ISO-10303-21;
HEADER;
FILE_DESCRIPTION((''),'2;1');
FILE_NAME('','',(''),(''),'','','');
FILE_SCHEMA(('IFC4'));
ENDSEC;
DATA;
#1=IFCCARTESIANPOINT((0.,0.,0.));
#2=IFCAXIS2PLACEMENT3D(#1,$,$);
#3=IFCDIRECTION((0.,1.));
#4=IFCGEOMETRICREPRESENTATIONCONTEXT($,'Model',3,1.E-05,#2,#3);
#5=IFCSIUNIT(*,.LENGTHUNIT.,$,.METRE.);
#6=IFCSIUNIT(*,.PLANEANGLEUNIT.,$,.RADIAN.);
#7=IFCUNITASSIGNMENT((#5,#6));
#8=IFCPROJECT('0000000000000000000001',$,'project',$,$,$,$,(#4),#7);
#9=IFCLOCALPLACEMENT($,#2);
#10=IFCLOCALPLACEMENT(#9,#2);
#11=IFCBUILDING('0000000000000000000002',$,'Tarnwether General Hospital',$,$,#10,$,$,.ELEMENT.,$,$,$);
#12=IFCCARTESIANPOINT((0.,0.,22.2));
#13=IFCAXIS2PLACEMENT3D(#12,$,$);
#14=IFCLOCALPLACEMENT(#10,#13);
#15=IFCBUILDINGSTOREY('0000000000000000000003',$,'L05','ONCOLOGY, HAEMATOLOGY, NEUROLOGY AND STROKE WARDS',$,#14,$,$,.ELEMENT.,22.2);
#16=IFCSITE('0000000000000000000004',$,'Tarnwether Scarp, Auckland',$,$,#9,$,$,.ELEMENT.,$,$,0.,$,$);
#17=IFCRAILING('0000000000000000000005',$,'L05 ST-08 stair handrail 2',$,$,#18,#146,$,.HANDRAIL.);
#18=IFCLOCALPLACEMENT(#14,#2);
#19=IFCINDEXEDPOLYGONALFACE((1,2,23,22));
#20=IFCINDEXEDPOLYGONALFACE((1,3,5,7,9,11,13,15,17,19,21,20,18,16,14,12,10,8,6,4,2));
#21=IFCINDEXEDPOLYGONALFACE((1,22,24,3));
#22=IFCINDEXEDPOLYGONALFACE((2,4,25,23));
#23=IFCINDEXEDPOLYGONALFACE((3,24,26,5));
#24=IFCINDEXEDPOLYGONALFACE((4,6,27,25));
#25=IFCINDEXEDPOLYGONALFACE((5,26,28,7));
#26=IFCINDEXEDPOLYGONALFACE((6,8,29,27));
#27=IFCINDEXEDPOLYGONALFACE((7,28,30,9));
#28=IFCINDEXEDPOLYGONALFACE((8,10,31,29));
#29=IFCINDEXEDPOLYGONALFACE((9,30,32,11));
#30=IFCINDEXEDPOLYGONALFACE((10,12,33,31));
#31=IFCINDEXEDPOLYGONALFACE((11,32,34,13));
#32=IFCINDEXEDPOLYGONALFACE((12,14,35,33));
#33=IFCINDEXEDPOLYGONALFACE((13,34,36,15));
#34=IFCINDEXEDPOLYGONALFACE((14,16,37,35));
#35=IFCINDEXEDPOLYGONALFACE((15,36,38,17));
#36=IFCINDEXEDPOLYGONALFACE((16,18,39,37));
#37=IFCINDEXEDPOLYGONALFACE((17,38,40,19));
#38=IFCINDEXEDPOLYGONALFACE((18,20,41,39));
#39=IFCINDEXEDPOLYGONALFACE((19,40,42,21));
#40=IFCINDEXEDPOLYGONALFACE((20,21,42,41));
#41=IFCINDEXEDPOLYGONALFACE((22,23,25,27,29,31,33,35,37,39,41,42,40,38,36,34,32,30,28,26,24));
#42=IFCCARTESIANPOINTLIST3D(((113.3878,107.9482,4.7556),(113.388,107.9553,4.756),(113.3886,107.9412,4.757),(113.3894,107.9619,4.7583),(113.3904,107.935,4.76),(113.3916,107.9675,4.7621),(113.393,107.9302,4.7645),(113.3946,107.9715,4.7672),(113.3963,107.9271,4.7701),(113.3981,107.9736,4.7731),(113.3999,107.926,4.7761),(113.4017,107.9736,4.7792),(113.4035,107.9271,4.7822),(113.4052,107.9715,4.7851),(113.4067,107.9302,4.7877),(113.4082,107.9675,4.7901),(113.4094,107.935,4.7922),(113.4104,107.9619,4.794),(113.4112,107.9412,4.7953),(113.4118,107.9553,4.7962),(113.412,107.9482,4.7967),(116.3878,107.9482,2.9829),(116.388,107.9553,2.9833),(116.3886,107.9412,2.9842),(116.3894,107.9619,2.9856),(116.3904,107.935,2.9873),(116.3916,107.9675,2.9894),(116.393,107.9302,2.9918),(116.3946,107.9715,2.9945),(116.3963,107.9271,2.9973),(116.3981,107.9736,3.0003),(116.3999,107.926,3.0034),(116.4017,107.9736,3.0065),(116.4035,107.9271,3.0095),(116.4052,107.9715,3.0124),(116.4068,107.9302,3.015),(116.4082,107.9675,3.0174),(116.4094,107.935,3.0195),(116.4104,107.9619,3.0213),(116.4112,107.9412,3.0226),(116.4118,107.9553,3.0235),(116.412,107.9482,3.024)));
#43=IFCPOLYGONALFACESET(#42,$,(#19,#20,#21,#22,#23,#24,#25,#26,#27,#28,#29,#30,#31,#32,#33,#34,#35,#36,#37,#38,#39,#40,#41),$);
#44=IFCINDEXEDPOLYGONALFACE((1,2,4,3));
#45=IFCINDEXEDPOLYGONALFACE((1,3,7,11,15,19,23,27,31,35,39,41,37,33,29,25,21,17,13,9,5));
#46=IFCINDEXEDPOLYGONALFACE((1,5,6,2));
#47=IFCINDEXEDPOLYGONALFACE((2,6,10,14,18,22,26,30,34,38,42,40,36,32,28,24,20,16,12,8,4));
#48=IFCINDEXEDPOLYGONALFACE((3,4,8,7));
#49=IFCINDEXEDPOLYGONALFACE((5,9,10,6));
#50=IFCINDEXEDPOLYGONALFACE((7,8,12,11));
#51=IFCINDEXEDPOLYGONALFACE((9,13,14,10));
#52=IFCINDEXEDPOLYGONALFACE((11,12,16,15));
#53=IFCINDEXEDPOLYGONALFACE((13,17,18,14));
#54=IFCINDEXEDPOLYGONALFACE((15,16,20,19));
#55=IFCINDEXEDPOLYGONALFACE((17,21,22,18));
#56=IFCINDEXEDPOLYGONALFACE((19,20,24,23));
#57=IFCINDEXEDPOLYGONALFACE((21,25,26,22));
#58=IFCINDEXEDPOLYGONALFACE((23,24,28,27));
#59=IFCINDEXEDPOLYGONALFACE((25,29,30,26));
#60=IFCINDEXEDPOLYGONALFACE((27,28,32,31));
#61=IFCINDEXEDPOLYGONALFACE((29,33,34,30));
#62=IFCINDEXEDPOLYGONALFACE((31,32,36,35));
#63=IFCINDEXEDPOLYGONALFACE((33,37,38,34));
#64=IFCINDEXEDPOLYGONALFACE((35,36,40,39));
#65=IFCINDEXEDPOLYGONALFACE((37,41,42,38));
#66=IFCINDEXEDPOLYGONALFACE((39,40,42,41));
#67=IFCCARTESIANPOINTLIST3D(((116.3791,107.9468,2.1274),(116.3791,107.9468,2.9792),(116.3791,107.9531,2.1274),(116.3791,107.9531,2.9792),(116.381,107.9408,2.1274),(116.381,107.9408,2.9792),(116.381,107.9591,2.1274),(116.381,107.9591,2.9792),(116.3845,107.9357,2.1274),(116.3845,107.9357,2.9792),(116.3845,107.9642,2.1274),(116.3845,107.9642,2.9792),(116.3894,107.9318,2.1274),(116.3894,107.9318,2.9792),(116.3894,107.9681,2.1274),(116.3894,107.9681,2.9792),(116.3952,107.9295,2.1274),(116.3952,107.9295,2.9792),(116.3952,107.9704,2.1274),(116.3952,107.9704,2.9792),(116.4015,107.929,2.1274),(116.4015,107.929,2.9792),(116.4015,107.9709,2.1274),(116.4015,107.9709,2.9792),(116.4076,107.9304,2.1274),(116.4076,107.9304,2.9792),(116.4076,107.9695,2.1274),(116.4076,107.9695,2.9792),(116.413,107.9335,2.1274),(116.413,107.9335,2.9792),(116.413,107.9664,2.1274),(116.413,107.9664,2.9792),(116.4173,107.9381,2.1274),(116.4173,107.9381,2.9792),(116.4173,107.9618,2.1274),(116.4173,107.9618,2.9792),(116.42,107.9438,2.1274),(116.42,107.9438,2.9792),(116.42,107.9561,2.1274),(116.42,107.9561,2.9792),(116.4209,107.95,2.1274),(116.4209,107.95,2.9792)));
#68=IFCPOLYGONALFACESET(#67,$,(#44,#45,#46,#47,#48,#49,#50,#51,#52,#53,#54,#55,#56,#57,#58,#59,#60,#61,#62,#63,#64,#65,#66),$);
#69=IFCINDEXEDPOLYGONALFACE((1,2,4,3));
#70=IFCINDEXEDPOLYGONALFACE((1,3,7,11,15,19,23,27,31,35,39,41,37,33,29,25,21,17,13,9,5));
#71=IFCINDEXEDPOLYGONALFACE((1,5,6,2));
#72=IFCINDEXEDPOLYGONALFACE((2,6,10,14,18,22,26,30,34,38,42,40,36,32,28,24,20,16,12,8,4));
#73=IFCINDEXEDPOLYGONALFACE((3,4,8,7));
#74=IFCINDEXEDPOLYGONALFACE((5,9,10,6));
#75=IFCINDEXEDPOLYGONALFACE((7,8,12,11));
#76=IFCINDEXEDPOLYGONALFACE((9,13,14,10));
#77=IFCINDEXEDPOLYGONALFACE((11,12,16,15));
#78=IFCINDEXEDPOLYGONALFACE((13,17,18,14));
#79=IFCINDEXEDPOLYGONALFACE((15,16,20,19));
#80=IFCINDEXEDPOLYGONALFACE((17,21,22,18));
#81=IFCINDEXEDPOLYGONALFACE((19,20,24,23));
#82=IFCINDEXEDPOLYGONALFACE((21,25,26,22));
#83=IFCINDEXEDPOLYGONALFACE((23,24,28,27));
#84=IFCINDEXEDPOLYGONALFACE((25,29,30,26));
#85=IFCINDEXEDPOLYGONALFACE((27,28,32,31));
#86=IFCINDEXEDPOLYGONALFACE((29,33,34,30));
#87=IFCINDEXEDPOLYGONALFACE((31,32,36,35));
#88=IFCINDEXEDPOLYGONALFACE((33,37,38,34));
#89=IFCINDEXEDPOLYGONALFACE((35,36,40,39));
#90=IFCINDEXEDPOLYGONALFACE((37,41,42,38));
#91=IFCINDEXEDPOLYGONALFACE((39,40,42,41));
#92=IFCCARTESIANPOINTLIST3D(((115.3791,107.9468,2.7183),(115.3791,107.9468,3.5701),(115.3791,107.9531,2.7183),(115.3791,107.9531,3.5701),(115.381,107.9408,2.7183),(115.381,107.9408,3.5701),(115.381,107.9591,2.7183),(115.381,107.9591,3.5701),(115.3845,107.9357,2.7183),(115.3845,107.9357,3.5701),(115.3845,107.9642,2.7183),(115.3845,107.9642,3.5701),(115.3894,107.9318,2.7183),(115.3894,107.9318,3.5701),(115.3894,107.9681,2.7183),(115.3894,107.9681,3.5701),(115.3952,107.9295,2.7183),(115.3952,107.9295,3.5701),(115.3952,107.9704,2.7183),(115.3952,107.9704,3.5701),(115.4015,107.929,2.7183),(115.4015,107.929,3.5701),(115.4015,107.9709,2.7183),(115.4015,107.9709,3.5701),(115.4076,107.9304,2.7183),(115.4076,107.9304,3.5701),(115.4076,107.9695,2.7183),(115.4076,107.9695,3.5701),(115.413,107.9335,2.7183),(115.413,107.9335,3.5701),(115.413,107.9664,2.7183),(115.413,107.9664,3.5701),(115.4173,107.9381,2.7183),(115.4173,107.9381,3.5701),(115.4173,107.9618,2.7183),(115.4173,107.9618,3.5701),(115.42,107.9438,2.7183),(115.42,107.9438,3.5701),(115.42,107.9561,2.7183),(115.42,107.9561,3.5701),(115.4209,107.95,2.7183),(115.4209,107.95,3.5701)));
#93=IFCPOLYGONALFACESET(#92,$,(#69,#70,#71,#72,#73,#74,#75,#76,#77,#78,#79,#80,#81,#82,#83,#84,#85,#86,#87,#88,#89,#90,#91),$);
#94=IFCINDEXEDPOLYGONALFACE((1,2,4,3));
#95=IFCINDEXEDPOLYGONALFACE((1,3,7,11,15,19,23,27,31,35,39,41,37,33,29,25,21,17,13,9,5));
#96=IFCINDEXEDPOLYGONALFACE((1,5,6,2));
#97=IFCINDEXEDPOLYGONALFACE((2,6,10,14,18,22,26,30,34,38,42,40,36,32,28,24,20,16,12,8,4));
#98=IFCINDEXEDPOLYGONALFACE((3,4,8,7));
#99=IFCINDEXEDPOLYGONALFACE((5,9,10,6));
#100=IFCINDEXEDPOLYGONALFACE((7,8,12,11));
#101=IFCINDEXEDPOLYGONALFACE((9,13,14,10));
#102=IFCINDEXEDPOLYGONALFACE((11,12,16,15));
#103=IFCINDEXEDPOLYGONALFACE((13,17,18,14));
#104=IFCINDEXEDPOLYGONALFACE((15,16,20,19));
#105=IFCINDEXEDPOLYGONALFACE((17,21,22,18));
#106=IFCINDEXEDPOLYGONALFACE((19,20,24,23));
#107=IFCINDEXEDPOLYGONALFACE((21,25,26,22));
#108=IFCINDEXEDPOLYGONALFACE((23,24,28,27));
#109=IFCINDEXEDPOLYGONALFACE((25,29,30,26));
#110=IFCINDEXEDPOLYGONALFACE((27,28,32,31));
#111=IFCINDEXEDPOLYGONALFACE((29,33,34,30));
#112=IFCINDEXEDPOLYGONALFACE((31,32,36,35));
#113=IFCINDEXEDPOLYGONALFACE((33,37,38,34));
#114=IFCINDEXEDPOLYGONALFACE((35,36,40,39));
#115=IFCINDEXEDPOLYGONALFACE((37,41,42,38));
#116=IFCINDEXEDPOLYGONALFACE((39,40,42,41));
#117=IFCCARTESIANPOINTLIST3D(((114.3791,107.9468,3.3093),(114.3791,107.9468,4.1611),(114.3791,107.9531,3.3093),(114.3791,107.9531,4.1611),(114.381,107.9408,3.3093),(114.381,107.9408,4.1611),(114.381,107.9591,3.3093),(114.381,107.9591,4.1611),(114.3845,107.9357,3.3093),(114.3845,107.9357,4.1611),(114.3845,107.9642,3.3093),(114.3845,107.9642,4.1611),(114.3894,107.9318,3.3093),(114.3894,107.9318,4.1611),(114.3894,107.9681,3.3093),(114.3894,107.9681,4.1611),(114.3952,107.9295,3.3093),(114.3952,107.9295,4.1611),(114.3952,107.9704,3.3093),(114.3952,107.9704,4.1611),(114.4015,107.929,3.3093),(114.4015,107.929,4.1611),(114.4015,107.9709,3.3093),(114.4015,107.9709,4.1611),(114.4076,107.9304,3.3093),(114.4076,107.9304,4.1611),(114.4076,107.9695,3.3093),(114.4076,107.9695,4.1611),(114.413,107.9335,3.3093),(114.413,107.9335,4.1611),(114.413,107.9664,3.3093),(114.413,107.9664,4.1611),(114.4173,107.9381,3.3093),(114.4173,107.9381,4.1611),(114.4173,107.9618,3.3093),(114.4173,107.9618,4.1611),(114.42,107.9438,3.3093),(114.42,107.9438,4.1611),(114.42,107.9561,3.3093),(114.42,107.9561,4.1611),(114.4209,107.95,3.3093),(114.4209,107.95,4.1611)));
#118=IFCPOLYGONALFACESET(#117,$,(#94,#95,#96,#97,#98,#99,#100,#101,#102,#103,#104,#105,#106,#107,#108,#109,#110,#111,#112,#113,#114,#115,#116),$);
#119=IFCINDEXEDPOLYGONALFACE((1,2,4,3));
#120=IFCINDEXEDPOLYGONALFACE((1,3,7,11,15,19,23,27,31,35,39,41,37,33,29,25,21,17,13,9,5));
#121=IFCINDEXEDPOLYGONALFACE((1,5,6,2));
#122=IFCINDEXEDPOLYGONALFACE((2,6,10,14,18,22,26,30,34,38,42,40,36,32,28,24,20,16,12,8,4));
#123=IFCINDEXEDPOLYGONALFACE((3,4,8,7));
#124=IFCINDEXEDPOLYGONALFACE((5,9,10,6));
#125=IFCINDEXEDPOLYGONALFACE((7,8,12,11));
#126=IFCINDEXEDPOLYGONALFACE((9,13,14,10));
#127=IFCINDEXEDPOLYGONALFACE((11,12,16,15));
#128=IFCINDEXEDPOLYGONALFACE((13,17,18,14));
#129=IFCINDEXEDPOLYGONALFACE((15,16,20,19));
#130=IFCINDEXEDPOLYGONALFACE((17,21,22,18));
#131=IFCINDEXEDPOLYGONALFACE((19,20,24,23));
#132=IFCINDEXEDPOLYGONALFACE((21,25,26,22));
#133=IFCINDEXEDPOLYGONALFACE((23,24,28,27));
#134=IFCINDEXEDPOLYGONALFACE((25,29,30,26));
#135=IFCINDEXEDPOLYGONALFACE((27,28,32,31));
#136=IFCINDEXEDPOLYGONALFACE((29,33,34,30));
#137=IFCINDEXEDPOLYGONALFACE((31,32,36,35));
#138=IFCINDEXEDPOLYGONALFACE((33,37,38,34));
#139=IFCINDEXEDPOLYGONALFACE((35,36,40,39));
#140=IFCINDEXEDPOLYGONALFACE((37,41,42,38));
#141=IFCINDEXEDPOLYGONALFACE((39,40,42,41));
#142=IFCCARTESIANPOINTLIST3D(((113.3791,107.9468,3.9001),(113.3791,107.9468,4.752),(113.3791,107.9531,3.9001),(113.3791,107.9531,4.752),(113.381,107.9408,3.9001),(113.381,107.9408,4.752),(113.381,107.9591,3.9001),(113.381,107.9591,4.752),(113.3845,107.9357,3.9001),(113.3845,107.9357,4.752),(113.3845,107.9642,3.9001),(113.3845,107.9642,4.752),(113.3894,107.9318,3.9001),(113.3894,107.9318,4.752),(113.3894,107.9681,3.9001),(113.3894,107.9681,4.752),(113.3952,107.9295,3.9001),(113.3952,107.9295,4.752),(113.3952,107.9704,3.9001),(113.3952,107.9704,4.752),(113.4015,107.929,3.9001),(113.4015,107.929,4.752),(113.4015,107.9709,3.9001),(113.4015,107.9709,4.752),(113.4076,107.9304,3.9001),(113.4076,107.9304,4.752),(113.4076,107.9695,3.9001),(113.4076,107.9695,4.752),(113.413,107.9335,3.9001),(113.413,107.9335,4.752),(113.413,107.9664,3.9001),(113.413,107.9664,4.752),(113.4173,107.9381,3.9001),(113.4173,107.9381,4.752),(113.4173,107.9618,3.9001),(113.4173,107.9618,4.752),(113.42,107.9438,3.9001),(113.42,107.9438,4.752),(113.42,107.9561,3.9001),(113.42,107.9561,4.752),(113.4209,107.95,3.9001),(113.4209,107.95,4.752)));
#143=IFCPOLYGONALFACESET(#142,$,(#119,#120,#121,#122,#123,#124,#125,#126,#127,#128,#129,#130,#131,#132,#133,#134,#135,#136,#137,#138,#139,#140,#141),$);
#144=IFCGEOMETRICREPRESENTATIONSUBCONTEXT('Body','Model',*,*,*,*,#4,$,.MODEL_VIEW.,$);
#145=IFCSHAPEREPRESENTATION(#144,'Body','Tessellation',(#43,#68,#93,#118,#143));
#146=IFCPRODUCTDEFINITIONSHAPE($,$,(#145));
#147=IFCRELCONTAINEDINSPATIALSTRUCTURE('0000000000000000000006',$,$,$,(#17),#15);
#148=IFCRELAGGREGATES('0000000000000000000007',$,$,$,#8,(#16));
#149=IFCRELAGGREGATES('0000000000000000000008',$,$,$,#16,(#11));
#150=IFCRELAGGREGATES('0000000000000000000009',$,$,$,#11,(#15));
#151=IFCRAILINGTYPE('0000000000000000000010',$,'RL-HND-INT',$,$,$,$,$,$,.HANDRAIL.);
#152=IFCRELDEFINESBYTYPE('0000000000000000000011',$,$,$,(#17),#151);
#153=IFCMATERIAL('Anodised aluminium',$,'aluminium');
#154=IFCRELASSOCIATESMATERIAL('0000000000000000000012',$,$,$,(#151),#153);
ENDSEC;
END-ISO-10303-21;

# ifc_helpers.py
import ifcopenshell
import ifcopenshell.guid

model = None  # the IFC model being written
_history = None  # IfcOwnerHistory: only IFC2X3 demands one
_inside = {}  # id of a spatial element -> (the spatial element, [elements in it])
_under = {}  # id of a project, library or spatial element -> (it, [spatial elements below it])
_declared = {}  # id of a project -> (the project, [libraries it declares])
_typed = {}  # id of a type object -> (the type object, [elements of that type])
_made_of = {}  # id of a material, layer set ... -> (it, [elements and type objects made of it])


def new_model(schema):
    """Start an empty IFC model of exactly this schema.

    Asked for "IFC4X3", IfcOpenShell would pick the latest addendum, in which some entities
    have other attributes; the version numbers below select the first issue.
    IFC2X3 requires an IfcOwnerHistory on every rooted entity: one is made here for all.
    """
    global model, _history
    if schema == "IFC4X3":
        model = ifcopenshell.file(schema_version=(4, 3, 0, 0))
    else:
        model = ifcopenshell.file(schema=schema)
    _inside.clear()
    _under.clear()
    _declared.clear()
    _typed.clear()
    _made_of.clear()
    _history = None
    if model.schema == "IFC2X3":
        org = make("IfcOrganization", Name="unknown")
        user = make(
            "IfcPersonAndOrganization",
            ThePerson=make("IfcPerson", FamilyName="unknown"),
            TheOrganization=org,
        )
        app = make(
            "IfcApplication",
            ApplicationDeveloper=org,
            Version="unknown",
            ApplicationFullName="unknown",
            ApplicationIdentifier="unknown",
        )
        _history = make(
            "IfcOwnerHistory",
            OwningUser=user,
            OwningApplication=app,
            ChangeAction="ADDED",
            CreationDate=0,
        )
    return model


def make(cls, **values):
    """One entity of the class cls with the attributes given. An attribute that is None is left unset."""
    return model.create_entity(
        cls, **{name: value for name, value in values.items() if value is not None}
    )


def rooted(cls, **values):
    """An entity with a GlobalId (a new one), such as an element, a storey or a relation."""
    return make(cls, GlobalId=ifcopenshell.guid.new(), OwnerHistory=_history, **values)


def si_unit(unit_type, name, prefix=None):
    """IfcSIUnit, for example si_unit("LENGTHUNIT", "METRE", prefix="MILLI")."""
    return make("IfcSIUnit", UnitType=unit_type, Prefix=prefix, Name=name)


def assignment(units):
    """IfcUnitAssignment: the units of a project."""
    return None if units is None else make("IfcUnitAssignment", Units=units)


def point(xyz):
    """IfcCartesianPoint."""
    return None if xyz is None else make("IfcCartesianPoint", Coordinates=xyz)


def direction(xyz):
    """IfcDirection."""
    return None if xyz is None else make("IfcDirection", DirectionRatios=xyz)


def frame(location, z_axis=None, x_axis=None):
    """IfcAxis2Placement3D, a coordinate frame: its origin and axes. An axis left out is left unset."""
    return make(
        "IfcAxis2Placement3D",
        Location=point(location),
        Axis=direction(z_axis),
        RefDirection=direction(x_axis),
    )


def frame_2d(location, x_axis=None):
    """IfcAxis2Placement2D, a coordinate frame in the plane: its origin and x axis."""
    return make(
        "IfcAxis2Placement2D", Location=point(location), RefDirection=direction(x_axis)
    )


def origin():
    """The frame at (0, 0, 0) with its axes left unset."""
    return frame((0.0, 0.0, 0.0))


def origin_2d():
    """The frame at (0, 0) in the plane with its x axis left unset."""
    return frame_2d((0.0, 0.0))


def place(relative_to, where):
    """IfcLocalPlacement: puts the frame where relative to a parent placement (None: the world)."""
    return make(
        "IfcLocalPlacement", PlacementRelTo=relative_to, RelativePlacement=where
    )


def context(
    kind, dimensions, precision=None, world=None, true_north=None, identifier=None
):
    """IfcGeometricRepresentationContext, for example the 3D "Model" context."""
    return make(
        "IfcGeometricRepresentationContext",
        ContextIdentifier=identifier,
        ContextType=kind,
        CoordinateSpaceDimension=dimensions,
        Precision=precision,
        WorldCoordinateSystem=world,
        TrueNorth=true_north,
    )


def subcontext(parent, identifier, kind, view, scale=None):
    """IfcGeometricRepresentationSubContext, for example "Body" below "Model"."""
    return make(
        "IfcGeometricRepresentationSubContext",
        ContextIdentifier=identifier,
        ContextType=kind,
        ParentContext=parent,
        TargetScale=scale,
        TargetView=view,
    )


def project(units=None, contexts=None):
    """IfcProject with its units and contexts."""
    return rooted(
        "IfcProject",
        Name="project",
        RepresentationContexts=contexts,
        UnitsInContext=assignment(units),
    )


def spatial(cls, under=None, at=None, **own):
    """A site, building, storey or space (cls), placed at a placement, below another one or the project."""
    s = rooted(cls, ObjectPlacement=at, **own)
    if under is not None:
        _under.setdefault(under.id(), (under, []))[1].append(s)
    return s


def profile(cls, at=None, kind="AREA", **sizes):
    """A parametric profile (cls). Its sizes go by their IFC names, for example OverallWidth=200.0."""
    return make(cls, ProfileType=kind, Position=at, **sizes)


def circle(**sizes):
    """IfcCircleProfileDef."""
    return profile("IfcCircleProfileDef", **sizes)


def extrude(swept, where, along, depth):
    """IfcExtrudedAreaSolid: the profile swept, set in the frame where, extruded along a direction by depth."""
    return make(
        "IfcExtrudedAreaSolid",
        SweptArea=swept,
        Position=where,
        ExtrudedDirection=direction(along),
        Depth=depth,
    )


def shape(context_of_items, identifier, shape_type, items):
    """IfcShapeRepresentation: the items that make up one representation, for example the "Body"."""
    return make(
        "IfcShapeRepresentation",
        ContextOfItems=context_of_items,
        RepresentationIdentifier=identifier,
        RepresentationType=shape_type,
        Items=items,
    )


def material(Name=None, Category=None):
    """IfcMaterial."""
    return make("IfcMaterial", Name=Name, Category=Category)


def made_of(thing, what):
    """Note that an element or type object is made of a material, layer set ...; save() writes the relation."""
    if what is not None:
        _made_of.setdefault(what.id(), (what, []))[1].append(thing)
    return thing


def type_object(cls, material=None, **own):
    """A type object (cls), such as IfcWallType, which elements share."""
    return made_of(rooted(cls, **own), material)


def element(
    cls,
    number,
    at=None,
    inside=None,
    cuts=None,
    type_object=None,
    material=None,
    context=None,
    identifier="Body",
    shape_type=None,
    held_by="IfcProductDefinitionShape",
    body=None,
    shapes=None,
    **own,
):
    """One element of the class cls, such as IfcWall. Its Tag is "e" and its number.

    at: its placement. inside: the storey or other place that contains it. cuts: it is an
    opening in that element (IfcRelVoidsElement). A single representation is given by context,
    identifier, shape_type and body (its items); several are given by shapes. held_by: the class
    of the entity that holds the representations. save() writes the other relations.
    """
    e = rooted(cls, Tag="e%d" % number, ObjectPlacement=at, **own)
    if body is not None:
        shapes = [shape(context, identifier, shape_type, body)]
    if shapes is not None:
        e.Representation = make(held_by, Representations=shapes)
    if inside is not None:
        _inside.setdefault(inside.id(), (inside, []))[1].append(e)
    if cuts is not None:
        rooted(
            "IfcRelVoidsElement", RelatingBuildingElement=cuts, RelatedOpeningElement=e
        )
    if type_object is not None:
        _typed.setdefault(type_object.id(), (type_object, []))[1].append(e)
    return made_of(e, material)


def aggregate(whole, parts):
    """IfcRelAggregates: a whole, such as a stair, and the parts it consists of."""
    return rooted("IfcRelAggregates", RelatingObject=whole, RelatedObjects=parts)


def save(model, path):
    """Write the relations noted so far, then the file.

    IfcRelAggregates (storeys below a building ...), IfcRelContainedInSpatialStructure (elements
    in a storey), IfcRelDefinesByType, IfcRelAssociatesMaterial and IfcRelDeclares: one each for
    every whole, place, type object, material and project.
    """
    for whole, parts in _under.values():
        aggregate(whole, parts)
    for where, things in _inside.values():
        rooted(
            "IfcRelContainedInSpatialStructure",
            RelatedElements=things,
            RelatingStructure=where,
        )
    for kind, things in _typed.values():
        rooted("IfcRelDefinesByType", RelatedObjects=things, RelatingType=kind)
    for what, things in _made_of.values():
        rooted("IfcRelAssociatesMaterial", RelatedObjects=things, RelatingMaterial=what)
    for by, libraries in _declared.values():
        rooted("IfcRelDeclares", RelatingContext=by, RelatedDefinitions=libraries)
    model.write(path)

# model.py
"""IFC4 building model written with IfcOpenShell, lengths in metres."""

from ifc_helpers import new_model, si_unit, direction, frame, origin, origin_2d, place, context, subcontext, project, spatial, circle, extrude, material, type_object, element, save


model = new_model("IFC4")

# Units and contexts
model_context = context("Model", 3, precision=1e-05, world=origin(), true_north=direction((0.0, 1.0)))
body_context = subcontext(model_context, "Body", "Model", "MODEL_VIEW")
ifc_project = project(units=[si_unit("LENGTHUNIT", "METRE"), si_unit("PLANEANGLEUNIT", "RADIAN")], contexts=[model_context])

# Site, building, storey
site_placement = place(None, origin())
site = spatial("IfcSite", under=ifc_project, at=site_placement, Name="Tarnwether Scarp, Auckland", CompositionType="ELEMENT", RefElevation=0.0)
building_placement = place(site_placement, origin())
building = spatial("IfcBuilding", under=site, at=building_placement, Name="Tarnwether General Hospital", CompositionType="ELEMENT")
storey_placement = place(building_placement, frame((0.0, 0.0, 22.2)))
storey = spatial("IfcBuildingStorey", under=building, at=storey_placement, Name="L05", Description="ONCOLOGY, HAEMATOLOGY, NEUROLOGY AND STROKE WARDS", CompositionType="ELEMENT", Elevation=22.2)

# Railing
ifc_material_1 = material(Name="Anodised aluminium", Category="aluminium")
railing_type_1 = type_object("IfcRailingType", Name="RL-HND-INT", PredefinedType="HANDRAIL", material=ifc_material_1)
railing_1_placement = place(storey_placement, frame((116.3999, 107.95, 2.1274)))
element("IfcRailing", 1, at=railing_1_placement, inside=storey, type_object=railing_type_1, Name="L05 ST-08 stair handrail 2", PredefinedType="HANDRAIL", context=body_context, shape_type="SweptSolid", body=[
    extrude(circle(Radius=0.0239, at=origin_2d()), frame((0.0, 0.0, 0.876), z_axis=(-0.860929, 0.0, 0.508725), x_axis=(0.0, -1.0, 0.0)), (0.0, 0.0, 1.0), 3.4846),
    extrude(circle(Radius=0.021, at=origin_2d()), origin(), (0.0, 0.0, 1.0), 0.8518),
    extrude(circle(Radius=0.021, at=origin_2d()), frame((-1.0, 0.0, 0.5908)), (0.0, 0.0, 1.0), 0.8518),
    extrude(circle(Radius=0.021, at=origin_2d()), frame((-2.0, 0.0, 1.1819)), (0.0, 0.0, 1.0), 0.8518),
    extrude(circle(Radius=0.021, at=origin_2d()), frame((-3.0, 0.0, 1.7727)), (0.0, 0.0, 1.0), 0.8518),
])

save(model, "model.ifc")
